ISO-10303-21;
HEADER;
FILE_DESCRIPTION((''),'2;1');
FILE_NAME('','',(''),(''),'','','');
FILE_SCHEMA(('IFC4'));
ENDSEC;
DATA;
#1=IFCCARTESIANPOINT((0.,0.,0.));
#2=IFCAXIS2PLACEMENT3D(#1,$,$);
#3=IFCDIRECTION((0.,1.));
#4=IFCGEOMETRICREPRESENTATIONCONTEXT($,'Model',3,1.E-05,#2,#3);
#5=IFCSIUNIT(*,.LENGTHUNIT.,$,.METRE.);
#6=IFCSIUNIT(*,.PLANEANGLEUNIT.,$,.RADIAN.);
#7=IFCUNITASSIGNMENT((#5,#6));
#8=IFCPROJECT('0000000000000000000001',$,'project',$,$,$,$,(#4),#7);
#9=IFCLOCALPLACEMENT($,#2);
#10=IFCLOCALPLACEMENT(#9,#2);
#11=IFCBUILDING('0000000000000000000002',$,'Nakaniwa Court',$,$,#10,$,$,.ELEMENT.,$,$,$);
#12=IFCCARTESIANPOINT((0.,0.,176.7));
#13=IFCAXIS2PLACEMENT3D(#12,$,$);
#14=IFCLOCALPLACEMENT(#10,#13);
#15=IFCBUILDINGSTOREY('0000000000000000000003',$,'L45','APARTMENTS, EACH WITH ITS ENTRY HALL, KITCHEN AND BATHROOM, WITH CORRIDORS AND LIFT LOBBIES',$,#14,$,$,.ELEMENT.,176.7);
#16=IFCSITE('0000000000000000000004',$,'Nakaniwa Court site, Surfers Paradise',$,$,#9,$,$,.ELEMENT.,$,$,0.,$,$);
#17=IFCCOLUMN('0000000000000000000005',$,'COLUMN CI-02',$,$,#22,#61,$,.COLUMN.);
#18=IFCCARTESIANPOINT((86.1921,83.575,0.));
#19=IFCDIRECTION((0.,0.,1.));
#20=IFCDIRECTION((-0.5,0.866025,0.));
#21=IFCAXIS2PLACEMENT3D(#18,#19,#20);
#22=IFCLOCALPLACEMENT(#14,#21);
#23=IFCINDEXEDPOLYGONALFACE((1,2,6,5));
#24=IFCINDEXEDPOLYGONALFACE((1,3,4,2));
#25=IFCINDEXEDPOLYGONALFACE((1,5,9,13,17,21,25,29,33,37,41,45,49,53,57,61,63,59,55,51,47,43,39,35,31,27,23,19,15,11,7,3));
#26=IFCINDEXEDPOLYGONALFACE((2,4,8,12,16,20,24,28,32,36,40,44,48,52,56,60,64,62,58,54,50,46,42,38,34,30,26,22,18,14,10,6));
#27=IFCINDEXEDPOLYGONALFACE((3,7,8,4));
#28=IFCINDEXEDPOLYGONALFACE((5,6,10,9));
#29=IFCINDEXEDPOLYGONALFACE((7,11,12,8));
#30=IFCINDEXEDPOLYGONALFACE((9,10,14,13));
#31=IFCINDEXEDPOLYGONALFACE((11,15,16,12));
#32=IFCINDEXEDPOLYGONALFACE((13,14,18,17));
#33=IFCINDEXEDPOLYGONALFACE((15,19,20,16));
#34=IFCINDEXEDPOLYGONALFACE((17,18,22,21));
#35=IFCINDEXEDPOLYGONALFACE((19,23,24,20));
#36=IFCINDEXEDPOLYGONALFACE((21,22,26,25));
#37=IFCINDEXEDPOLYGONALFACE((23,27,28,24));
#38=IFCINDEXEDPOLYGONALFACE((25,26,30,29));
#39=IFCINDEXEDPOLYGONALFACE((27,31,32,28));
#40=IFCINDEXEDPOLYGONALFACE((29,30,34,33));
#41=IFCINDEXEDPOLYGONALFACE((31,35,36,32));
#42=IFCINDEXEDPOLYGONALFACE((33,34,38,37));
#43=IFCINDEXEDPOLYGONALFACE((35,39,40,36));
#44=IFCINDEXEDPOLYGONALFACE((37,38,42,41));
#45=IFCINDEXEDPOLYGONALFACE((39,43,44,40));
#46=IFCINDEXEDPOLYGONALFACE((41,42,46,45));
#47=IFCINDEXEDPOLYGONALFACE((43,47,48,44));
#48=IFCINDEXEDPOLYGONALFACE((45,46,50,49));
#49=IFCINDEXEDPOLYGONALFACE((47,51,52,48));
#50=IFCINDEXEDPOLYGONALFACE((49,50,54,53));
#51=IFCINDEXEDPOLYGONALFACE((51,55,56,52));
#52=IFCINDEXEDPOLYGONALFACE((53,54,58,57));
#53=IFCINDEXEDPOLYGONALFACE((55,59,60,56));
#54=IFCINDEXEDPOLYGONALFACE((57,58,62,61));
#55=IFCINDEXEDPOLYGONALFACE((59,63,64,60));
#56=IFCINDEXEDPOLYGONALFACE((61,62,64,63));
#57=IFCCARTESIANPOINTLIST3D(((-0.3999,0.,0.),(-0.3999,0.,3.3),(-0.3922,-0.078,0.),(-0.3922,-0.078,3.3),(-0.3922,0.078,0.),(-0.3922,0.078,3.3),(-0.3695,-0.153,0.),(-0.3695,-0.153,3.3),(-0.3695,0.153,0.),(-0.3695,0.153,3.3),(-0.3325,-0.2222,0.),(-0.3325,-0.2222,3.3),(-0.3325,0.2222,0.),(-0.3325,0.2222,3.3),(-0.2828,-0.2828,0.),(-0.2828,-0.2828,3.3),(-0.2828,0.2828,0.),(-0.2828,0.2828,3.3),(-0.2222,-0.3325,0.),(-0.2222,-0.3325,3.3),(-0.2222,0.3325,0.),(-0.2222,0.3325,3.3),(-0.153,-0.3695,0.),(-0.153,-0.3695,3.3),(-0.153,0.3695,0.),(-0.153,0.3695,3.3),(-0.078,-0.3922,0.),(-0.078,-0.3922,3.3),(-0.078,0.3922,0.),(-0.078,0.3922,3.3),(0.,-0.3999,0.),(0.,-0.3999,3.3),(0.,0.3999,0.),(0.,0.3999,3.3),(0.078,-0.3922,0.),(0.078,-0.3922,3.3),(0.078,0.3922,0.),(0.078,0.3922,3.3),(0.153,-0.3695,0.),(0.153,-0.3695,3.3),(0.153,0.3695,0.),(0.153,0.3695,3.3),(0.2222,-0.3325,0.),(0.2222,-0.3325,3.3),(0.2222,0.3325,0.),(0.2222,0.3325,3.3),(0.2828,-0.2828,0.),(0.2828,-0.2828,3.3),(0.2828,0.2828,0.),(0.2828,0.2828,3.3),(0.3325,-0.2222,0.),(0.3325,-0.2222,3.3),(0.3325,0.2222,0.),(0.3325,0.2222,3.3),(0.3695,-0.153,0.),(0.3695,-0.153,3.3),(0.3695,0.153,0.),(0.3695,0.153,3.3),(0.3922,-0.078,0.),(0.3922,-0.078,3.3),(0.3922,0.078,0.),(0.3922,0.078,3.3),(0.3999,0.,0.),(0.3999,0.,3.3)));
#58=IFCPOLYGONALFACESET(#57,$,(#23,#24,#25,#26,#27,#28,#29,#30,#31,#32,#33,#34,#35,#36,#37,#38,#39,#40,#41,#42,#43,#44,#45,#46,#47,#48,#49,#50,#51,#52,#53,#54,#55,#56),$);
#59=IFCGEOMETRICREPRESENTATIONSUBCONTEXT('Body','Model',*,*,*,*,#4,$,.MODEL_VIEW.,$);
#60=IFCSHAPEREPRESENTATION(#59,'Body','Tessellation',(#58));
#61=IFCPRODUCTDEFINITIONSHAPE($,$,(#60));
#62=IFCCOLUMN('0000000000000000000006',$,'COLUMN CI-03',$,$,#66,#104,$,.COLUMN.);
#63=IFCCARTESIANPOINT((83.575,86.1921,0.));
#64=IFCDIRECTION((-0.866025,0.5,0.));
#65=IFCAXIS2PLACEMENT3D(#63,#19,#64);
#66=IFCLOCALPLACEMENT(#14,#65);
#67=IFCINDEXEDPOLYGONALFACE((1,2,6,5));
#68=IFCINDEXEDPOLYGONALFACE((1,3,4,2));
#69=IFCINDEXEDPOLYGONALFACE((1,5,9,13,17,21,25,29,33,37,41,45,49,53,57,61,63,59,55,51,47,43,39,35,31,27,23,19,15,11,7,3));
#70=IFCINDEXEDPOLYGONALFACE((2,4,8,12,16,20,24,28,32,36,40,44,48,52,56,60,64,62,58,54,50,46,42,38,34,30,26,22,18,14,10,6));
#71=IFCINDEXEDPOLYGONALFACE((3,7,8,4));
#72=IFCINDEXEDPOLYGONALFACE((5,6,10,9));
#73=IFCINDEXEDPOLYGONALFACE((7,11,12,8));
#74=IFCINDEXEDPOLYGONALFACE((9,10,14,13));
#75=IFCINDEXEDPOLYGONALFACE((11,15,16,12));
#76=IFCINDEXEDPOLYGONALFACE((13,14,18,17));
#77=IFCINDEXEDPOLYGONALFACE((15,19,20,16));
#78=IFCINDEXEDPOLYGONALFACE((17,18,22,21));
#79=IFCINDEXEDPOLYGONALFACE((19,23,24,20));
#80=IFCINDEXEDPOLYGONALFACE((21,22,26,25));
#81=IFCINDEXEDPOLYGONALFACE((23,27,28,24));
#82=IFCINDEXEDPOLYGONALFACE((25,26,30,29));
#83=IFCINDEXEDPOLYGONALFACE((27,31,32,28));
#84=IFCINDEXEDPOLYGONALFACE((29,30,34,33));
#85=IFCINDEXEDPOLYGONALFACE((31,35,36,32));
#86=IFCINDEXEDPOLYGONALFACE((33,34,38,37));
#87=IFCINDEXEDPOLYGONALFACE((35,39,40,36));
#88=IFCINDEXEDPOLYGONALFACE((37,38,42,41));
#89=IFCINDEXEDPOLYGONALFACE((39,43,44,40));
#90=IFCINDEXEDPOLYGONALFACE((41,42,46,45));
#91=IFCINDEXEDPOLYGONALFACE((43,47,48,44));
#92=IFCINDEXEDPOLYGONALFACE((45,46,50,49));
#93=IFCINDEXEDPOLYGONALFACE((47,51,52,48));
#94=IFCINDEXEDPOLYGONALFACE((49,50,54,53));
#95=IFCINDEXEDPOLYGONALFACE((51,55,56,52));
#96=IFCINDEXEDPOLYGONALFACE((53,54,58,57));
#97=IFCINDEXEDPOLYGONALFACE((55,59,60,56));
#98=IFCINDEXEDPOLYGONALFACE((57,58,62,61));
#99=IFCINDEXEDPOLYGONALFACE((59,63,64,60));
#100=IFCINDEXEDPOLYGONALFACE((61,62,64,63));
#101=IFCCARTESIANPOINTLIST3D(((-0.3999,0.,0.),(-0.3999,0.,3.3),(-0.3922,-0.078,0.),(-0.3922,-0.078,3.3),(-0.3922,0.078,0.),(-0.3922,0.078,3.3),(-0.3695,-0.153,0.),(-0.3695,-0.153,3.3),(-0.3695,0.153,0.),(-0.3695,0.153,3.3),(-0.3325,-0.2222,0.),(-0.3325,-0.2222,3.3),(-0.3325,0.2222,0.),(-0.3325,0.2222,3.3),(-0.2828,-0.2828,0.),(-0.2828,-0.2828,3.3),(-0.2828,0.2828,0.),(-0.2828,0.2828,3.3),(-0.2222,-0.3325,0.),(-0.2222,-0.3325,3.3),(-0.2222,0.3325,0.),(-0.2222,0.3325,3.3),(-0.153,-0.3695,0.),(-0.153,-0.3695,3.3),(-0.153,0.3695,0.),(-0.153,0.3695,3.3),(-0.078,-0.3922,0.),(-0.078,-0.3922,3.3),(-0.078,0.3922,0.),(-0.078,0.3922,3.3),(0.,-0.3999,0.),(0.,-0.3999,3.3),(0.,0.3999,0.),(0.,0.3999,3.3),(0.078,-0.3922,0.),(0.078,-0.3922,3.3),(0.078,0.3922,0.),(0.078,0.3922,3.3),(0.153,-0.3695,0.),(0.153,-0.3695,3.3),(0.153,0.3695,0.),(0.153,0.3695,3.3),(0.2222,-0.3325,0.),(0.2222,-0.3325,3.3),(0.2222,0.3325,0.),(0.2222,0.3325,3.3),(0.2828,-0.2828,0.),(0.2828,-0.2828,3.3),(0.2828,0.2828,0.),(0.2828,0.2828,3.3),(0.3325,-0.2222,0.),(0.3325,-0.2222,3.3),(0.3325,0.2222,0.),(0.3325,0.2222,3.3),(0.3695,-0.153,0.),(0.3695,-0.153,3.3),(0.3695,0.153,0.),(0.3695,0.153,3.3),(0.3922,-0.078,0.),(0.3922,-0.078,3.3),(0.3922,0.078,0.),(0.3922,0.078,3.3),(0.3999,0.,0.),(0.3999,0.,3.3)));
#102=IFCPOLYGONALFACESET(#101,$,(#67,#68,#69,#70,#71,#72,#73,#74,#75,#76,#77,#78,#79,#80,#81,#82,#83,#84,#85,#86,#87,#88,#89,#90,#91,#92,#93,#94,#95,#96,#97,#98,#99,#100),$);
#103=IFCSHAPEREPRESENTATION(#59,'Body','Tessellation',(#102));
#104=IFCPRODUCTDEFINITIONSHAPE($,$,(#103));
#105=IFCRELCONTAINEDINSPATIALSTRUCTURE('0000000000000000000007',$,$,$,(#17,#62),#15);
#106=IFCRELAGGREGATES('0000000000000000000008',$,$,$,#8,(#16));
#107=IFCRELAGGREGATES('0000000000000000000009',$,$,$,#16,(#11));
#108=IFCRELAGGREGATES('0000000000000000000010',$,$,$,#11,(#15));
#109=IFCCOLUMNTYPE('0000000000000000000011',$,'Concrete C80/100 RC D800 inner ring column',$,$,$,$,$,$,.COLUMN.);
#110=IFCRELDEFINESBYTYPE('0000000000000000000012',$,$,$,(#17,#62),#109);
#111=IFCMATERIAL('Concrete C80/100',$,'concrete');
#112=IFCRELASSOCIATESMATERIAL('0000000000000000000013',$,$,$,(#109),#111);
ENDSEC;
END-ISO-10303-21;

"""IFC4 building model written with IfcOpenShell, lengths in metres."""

from ifc_helpers import new_model, si_unit, direction, frame, origin, origin_2d, place, context, subcontext, project, spatial, circle, extrude, material, material_profile, profile_set, type_object, element, save


model = new_model("IFC4")

# Units and contexts
model_context = context("Model", 3, precision=1e-05, world=origin(), true_north=direction((0.0, 1.0)))
body_context = subcontext(model_context, "Body", "Model", "MODEL_VIEW")
ifc_project = project(units=[si_unit("LENGTHUNIT", "METRE"), si_unit("PLANEANGLEUNIT", "RADIAN")], contexts=[model_context])

# Site, building, storey
site_placement = place(None, origin())
site = spatial("IfcSite", under=ifc_project, at=site_placement, Name="Nakaniwa Court site, Surfers Paradise", CompositionType="ELEMENT", RefElevation=0.0)
building_placement = place(site_placement, origin())
building = spatial("IfcBuilding", under=site, at=building_placement, Name="Nakaniwa Court", CompositionType="ELEMENT")
storey_placement = place(building_placement, frame((0.0, 0.0, 176.7)))
storey = spatial("IfcBuildingStorey", under=building, at=storey_placement, Name="L45", Description="APARTMENTS, EACH WITH ITS ENTRY HALL, KITCHEN AND BATHROOM, WITH CORRIDORS AND LIFT LOBBIES", CompositionType="ELEMENT", Elevation=176.7)

# Columns
ifc_material_1 = material(Name="Concrete C80/100", Category="concrete")
ifc_material_profile_1 = material_profile(ifc_material_1, circle(Radius=0.3999, at=origin_2d()), Name="Concrete C80/100 RC D800 inner ring column")
ifc_profile_set_1 = profile_set([ifc_material_profile_1], Name="Concrete C80/100")
column_type_1 = type_object("IfcColumnType", Name="Concrete C80/100 RC D800 inner ring column", PredefinedType="COLUMN", material=ifc_profile_set_1)
for number, where, z_axis, x_axis, name in (
    (1, (86.1921, 83.575, 0.0), (0.0, 0.0, 1.0), (-0.5, 0.866025, 0.0), "COLUMN CI-02"),
    (2, (83.575, 86.1921, 0.0), (0.0, 0.0, 1.0), (-0.866025, 0.5, 0.0), "COLUMN CI-03"),
):
    element("IfcColumn", number, at=place(storey_placement, frame(where, z_axis=z_axis, x_axis=x_axis)), inside=storey, type_object=column_type_1, Name=name, PredefinedType="COLUMN", context=body_context, shape_type="SweptSolid", body=[
        extrude(circle(Radius=0.3999, at=origin_2d()), origin(), (0.0, 0.0, 1.0), 3.3),
    ])

save(model, "model.ifc")
